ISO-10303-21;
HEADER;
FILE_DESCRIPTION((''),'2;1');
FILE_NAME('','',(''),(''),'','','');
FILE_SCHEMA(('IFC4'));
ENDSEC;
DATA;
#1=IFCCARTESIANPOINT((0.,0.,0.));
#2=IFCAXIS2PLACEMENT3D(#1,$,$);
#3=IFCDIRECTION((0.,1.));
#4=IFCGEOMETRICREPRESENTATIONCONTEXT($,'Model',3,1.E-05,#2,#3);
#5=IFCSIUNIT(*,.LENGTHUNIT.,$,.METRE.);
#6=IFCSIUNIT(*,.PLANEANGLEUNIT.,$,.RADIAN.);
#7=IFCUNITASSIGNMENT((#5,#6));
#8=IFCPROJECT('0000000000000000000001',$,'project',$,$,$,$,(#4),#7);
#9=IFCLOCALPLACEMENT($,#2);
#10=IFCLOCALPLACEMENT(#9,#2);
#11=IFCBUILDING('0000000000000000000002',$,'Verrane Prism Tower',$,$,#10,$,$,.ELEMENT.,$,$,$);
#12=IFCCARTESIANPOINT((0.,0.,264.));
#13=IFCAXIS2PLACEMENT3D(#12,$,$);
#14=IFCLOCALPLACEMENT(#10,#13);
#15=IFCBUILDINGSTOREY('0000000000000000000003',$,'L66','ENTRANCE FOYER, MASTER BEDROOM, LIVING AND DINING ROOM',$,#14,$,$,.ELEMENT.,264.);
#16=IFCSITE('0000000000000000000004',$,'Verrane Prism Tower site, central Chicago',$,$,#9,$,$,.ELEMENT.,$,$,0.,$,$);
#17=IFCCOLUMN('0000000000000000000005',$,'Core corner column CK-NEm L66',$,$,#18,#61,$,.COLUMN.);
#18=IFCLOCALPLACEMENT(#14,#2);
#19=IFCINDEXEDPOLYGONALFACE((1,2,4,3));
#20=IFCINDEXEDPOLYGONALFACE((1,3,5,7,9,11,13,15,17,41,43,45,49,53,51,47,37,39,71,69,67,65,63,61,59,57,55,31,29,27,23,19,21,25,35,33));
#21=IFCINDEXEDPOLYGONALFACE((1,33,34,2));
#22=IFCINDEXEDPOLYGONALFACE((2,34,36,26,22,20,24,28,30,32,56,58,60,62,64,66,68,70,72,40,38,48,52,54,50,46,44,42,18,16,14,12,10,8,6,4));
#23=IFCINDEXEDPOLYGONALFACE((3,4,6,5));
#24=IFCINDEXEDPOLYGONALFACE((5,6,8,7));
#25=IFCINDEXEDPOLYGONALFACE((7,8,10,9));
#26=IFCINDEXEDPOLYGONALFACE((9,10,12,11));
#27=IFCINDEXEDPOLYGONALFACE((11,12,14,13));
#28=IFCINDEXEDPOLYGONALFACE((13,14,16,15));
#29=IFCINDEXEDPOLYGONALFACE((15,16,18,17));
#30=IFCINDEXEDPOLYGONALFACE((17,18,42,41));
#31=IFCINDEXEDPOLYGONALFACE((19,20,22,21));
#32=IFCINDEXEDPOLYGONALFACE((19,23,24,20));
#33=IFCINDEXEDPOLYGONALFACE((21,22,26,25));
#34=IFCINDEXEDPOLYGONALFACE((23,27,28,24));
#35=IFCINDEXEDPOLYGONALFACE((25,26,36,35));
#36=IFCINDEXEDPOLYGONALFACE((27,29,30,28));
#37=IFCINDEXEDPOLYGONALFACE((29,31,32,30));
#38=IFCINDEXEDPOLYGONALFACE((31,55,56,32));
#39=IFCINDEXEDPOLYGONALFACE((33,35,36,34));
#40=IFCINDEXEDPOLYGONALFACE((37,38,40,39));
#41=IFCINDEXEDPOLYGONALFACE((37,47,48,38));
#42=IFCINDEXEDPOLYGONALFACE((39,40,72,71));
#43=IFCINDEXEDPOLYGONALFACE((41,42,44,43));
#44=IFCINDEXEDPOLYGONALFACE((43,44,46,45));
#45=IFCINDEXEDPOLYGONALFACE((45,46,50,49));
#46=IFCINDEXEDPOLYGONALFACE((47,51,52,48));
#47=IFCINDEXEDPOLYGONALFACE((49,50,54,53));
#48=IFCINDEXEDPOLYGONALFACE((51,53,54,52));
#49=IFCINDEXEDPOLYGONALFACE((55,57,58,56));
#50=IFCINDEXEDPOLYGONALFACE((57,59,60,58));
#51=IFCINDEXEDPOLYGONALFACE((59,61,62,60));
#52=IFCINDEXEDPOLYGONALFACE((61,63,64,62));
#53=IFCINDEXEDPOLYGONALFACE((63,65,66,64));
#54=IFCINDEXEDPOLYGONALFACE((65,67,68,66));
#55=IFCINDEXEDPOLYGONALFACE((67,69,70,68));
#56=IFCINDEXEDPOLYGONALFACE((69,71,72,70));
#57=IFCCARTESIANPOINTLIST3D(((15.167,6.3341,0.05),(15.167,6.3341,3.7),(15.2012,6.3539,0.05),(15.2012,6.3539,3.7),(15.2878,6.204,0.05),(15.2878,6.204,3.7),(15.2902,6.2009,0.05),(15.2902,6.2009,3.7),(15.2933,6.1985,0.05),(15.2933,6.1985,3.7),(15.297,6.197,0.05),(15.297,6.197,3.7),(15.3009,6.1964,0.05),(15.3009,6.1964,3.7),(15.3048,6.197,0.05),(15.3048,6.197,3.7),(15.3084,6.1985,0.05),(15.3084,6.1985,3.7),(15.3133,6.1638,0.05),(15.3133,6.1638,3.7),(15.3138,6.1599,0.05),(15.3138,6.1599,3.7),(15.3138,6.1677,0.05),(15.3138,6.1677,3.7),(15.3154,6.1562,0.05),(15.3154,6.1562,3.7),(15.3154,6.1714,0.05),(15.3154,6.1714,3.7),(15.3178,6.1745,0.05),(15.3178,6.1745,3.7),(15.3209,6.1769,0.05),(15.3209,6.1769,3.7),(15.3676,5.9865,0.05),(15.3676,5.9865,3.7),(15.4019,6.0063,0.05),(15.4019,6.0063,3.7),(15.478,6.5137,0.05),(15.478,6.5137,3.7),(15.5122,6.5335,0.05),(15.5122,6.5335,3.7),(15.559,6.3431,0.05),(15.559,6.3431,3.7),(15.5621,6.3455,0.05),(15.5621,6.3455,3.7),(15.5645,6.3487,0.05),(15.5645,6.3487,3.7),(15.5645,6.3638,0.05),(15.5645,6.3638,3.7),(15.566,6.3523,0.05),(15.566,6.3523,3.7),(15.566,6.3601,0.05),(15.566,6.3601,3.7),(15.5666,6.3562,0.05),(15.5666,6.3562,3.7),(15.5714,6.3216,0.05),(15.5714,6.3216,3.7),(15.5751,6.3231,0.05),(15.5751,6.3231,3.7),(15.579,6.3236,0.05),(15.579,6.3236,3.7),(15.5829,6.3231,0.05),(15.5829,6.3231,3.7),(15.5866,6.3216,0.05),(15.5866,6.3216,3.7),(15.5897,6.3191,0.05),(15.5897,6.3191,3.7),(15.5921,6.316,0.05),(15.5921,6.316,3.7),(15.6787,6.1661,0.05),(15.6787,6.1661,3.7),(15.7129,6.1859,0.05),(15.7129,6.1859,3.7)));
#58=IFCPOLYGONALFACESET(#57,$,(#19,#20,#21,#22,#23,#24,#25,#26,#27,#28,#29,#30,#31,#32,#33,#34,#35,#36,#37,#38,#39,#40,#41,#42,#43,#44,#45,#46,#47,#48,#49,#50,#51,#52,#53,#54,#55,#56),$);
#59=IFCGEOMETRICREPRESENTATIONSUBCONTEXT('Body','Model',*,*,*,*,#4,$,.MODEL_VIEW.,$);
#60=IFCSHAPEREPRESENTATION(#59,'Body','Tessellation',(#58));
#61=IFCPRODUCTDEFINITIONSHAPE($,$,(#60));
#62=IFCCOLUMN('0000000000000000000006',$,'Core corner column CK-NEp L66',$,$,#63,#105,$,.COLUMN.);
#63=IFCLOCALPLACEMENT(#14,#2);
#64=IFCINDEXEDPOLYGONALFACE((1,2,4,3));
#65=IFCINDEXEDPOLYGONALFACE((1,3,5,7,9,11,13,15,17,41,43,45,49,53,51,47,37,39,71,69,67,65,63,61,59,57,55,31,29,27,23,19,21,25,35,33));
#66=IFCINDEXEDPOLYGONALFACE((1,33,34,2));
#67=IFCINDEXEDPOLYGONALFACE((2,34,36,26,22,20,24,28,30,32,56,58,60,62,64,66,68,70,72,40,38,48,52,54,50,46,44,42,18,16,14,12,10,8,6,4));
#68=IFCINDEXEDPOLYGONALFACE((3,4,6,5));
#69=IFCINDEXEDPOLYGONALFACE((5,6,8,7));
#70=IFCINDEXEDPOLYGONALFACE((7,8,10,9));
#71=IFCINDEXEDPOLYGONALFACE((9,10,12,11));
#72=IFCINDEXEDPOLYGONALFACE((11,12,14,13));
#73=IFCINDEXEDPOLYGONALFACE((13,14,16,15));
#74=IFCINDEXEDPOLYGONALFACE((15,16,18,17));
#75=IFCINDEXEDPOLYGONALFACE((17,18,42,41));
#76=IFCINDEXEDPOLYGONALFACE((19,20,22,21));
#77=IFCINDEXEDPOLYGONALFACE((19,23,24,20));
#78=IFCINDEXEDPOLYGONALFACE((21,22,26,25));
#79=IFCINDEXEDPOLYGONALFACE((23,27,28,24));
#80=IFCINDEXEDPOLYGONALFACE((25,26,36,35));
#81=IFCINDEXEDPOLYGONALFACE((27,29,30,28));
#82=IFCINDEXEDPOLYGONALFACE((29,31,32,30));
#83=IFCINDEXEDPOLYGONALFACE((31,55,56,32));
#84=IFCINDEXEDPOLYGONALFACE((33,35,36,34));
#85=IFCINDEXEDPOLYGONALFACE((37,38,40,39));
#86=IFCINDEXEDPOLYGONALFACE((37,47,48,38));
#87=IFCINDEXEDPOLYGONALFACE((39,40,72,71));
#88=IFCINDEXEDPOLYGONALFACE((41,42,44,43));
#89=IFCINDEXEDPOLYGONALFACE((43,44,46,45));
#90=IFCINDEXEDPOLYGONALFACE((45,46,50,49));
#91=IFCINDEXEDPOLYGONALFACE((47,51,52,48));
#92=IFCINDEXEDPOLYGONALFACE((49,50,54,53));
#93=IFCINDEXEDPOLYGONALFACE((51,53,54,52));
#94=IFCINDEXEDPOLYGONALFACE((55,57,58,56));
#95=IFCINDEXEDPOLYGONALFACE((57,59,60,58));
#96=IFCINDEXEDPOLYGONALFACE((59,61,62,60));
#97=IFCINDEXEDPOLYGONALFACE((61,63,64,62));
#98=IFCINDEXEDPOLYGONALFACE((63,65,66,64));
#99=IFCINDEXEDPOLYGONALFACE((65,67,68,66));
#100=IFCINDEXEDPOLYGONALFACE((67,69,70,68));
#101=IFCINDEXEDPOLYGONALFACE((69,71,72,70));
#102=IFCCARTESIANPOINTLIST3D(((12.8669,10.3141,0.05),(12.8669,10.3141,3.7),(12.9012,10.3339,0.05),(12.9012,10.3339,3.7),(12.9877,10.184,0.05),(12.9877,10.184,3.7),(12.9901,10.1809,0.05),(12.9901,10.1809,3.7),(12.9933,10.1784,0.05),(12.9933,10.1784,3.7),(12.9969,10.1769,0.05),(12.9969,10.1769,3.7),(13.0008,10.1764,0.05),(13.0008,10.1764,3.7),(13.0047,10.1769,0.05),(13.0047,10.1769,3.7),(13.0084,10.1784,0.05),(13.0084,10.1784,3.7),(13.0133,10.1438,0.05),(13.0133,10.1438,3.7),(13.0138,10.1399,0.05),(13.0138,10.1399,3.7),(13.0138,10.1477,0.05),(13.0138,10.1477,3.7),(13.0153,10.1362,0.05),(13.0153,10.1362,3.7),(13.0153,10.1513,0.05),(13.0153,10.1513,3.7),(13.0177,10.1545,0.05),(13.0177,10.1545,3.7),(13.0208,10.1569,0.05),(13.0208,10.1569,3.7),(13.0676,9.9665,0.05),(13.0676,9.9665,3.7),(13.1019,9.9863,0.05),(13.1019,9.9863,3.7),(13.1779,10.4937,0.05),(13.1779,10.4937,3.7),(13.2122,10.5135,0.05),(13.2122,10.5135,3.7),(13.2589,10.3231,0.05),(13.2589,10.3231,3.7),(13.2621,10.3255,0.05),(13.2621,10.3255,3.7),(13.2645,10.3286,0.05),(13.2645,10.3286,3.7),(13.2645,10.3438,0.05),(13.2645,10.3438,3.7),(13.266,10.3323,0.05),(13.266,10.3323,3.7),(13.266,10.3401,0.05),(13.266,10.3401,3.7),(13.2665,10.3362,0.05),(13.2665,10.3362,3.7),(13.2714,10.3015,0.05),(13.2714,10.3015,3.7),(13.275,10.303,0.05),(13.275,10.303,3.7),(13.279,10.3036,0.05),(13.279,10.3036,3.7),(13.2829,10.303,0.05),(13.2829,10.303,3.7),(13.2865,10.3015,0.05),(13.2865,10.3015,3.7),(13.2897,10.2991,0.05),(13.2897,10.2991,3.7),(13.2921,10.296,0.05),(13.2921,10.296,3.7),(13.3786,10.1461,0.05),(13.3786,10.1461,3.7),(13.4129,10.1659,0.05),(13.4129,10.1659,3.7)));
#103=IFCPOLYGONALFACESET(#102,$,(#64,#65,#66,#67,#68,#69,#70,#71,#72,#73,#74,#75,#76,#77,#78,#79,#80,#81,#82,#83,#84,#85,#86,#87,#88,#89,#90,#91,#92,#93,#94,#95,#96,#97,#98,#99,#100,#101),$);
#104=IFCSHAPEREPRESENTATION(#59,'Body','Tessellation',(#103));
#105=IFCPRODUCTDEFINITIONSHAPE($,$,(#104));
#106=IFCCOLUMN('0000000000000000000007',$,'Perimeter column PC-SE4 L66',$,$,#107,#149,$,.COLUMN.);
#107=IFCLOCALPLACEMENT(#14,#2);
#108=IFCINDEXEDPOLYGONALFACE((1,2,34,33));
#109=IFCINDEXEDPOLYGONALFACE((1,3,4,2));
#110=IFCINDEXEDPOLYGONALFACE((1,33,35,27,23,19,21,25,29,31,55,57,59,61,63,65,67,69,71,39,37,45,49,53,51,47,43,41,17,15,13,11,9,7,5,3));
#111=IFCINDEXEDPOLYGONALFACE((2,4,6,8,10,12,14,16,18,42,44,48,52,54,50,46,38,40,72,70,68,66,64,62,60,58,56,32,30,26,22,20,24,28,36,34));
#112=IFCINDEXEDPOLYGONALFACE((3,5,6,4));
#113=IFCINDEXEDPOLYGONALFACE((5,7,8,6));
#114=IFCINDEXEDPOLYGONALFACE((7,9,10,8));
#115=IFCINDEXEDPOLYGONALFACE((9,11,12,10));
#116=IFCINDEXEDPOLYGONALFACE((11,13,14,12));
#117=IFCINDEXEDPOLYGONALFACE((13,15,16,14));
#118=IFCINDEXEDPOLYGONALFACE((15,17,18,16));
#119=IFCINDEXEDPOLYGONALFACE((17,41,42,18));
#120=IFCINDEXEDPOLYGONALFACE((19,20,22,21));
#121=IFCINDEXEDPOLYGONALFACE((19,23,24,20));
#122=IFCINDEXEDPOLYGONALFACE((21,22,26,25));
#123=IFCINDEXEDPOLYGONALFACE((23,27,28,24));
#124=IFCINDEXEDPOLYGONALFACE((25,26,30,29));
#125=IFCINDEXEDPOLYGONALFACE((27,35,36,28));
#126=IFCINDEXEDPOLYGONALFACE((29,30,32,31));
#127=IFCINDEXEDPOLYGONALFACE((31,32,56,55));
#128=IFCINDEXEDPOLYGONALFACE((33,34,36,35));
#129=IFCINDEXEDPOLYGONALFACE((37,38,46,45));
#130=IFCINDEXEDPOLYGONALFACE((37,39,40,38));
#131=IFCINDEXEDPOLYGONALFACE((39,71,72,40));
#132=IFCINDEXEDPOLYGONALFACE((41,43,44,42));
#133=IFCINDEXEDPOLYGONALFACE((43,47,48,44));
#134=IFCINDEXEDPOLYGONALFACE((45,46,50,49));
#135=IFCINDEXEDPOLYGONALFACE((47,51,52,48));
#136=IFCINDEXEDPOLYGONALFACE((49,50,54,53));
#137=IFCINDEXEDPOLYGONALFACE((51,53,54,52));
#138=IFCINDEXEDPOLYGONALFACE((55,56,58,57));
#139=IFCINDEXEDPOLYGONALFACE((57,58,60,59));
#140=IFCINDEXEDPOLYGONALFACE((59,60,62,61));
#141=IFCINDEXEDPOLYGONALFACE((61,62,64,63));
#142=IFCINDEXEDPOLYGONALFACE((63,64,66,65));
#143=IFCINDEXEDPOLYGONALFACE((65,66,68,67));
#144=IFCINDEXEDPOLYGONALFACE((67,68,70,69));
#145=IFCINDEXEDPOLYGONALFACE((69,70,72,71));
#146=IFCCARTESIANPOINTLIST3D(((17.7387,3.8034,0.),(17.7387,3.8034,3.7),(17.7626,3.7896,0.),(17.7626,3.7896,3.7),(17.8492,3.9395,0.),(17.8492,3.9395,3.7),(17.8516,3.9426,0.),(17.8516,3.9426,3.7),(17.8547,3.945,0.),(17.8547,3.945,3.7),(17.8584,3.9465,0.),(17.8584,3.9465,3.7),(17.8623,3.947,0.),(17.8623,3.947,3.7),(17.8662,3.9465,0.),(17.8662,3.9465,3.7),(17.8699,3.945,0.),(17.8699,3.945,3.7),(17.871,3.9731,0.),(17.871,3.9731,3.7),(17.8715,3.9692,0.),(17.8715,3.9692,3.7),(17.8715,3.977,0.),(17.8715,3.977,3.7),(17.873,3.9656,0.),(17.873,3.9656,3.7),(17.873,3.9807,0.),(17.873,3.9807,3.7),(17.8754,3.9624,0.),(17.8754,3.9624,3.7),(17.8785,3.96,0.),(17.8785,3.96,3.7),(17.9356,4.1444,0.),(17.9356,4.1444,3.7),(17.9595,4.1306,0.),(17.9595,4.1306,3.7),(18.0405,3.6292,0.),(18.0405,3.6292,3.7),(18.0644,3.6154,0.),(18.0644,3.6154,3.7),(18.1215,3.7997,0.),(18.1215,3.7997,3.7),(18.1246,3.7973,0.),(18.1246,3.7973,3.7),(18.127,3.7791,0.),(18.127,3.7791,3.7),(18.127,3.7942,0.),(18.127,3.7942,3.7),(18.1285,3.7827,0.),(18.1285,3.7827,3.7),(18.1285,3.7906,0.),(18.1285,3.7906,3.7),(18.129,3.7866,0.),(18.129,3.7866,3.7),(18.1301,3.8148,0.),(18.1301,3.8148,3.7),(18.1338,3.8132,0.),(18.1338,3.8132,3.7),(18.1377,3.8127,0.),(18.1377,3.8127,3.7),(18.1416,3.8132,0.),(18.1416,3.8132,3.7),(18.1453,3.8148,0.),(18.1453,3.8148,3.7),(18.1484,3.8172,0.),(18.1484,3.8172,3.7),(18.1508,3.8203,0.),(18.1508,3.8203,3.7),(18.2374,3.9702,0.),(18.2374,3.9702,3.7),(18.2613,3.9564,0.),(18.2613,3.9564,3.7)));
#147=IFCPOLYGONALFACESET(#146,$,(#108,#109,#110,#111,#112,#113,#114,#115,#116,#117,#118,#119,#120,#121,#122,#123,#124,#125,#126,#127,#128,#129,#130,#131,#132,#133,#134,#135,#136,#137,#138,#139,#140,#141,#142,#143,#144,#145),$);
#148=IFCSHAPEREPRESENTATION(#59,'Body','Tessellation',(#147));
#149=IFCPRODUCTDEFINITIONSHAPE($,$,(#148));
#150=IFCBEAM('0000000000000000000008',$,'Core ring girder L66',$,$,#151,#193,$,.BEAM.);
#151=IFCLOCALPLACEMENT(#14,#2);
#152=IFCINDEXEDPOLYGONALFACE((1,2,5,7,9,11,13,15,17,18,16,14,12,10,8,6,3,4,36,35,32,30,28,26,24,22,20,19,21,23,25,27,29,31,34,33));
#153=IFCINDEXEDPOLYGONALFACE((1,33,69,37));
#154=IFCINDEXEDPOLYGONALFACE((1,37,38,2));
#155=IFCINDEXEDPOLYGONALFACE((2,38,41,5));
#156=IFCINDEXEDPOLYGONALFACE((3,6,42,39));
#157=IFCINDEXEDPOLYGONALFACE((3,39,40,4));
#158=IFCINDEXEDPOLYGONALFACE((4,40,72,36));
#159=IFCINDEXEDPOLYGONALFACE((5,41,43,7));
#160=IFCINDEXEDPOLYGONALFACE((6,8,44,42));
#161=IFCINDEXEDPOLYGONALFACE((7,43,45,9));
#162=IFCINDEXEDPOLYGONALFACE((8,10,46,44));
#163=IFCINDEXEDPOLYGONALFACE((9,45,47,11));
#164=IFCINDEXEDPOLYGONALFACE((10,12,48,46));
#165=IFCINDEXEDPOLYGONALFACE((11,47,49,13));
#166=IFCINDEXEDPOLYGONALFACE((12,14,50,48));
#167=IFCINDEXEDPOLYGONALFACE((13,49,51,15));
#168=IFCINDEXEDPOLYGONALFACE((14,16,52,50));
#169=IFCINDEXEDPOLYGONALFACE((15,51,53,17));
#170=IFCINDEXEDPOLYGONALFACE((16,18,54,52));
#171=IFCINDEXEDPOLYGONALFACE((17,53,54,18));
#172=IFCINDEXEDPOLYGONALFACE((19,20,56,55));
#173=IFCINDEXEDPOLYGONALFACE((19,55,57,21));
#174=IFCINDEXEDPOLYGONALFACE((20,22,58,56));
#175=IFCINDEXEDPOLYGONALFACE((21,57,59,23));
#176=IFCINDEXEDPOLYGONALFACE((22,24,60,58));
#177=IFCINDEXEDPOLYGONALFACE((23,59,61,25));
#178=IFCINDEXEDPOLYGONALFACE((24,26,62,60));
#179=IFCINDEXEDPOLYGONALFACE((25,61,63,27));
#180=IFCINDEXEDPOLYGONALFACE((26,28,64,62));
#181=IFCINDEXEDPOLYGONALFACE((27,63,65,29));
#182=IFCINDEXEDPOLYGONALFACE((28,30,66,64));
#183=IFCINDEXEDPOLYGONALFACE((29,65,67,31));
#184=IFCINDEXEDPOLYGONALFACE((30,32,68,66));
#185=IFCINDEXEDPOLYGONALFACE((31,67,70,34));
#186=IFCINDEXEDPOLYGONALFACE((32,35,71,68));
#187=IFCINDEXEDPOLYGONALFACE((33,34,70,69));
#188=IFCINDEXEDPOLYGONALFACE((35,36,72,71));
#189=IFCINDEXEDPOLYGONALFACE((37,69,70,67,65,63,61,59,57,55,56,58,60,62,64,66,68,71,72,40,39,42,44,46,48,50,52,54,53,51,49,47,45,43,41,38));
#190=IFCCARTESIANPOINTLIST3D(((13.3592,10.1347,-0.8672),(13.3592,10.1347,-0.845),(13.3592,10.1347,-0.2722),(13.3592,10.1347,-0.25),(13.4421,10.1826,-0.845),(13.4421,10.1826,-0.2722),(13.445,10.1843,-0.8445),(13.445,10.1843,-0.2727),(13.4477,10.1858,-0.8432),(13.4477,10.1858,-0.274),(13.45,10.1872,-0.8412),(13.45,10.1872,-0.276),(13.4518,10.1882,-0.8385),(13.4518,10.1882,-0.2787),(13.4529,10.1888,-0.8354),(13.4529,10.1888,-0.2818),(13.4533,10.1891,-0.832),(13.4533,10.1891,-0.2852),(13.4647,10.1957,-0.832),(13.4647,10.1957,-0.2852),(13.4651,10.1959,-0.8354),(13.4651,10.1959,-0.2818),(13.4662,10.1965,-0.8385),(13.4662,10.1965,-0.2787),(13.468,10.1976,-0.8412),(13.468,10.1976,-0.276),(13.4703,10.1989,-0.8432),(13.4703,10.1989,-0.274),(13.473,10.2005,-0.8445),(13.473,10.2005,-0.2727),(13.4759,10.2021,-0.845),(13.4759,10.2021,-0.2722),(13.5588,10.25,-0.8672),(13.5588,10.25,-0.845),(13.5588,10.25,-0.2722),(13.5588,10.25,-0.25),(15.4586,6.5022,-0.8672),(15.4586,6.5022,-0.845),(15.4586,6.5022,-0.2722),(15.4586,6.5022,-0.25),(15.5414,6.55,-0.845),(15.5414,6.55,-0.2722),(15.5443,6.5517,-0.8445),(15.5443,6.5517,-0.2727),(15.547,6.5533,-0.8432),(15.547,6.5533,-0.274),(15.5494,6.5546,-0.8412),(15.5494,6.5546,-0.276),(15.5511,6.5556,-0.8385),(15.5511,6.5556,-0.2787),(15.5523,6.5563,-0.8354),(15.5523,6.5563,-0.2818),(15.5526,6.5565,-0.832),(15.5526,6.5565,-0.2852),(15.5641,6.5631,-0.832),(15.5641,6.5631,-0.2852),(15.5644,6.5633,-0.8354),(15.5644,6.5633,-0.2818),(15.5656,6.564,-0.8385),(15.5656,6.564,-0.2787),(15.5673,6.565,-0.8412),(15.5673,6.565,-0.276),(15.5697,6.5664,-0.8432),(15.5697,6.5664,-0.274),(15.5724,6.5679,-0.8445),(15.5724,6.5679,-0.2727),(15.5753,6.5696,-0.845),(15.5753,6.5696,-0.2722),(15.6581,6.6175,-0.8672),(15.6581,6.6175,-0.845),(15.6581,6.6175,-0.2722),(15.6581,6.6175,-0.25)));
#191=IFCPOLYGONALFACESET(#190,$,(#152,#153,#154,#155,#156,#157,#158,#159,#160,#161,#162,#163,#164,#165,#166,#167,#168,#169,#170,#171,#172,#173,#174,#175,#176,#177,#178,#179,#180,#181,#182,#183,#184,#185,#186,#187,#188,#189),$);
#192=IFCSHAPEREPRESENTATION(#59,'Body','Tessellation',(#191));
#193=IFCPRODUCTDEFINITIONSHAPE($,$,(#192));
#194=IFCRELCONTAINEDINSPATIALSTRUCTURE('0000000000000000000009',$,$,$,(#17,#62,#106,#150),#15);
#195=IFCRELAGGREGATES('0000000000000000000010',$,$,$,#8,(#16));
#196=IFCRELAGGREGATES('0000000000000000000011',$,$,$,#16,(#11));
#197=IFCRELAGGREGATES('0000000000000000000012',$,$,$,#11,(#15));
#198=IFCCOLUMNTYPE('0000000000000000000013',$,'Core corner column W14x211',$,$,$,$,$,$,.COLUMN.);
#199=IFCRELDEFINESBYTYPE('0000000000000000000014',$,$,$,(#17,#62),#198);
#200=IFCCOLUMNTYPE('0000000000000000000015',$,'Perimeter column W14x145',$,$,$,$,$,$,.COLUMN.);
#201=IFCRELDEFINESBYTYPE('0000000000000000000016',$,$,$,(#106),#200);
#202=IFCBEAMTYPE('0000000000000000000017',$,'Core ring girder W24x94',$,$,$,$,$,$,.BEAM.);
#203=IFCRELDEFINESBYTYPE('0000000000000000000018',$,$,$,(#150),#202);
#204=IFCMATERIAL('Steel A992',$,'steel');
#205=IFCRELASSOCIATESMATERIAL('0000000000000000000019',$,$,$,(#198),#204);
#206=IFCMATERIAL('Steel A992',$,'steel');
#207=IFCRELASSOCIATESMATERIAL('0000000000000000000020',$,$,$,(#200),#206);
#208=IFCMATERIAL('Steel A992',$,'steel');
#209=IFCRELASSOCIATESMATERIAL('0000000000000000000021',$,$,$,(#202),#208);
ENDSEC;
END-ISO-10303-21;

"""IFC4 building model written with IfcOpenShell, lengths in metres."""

from ifc_helpers import new_model, si_unit, direction, frame, origin, origin_2d, place, context, subcontext, project, spatial, i_section, extrude, material, material_profile, profile_set, type_object, element, save


model = new_model("IFC4")

# Units and contexts
model_context = context("Model", 3, precision=1e-05, world=origin(), true_north=direction((0.0, 1.0)))
body_context = subcontext(model_context, "Body", "Model", "MODEL_VIEW")
ifc_project = project(units=[si_unit("LENGTHUNIT", "METRE"), si_unit("PLANEANGLEUNIT", "RADIAN")], contexts=[model_context])

# Site, building, storey
site_placement = place(None, origin())
site = spatial("IfcSite", under=ifc_project, at=site_placement, Name="Verrane Prism Tower site, central Chicago", CompositionType="ELEMENT", RefElevation=0.0)
building_placement = place(site_placement, origin())
building = spatial("IfcBuilding", under=site, at=building_placement, Name="Verrane Prism Tower", CompositionType="ELEMENT")
storey_placement = place(building_placement, frame((0.0, 0.0, 264.0)))
storey = spatial("IfcBuildingStorey", under=building, at=storey_placement, Name="L66", Description="ENTRANCE FOYER, MASTER BEDROOM, LIVING AND DINING ROOM", CompositionType="ELEMENT", Elevation=264.0)

# Columns
ifc_material_1 = material(Name="Steel A992", Category="steel")
ifc_material_profile_1 = material_profile(ifc_material_1, i_section(OverallWidth=0.4014, OverallDepth=0.3987, WebThickness=0.0249, FlangeThickness=0.0396, FilletRadius=0.0151, at=origin_2d()), Name="W14x211")
ifc_profile_set_1 = profile_set([ifc_material_profile_1], Name="Steel A992")
column_type_1 = type_object("IfcColumnType", Name="Core corner column W14x211", PredefinedType="COLUMN", material=ifc_profile_set_1)
for number, where, z_axis, x_axis, name in (
    (1, (15.4399, 6.26, 0.05), (0.0, 0.0, 1.0), (0.5, -0.866025, 0.0), "Core corner column CK-NEm L66"),
    (2, (13.1399, 10.24, 0.05), (0.0, 0.0, 1.0), (0.5, -0.866025, 0.0), "Core corner column CK-NEp L66"),
):
    element("IfcColumn", number, at=place(storey_placement, frame(where, z_axis=z_axis, x_axis=x_axis)), inside=storey, type_object=column_type_1, Name=name, PredefinedType="COLUMN", context=body_context, shape_type="SweptSolid", body=[
        extrude(i_section(OverallWidth=0.4014, OverallDepth=0.3987, WebThickness=0.0249, FlangeThickness=0.0396, FilletRadius=0.0151, at=origin_2d()), origin(), (0.0, 0.0, 1.0), 3.6499),
    ])
ifc_material_2 = material(Name="Steel A992", Category="steel")
ifc_material_profile_2 = material_profile(ifc_material_2, i_section(OverallWidth=0.3938, OverallDepth=0.376, WebThickness=0.0173, FlangeThickness=0.0276, FilletRadius=0.0151, at=origin_2d()), Name="W14x145")
ifc_profile_set_2 = profile_set([ifc_material_profile_2], Name="Steel A992")
column_type_2 = type_object("IfcColumnType", Name="Perimeter column W14x145", PredefinedType="COLUMN", material=ifc_profile_set_2)
column_placement = place(storey_placement, frame((18.0, 3.8799, 0.0), z_axis=(0.0, 0.0, 1.0), x_axis=(-0.5, -0.866025, 0.0)))
element("IfcColumn", 3, at=column_placement, inside=storey, type_object=column_type_2, Name="Perimeter column PC-SE4 L66", PredefinedType="COLUMN", context=body_context, shape_type="SweptSolid", body=[
    extrude(i_section(OverallWidth=0.3938, OverallDepth=0.376, WebThickness=0.0173, FlangeThickness=0.0276, FilletRadius=0.0151, at=origin_2d()), origin(), (0.0, 0.0, 1.0), 3.7),
])

# Beam
ifc_material_3 = material(Name="Steel A992", Category="steel")
ifc_material_profile_3 = material_profile(ifc_material_3, i_section(OverallWidth=0.2305, OverallDepth=0.6172, WebThickness=0.0132, FlangeThickness=0.0222, FilletRadius=0.0129, at=origin_2d()), Name="W24x94")
ifc_profile_set_3 = profile_set([ifc_material_profile_3], Name="Steel A992")
beam_type_1 = type_object("IfcBeamType", Name="Core ring girder W24x94", PredefinedType="BEAM", material=ifc_profile_set_3)
beam_1_placement = place(storey_placement, frame((15.5583, 6.5598, -0.5586), z_axis=(-0.500376, 0.865808, 0.0), x_axis=(-0.865808, -0.500376, 0.0)))
element("IfcBeam", 4, at=beam_1_placement, inside=storey, type_object=beam_type_1, Name="Core ring girder L66", PredefinedType="BEAM", context=body_context, shape_type="SweptSolid", body=[
    extrude(i_section(OverallWidth=0.2305, OverallDepth=0.6172, WebThickness=0.0132, FlangeThickness=0.0222, FilletRadius=0.0129, at=origin_2d()), origin(), (0.0, 0.0, 1.0), 4.1956),
])

save(model, "model.ifc")
